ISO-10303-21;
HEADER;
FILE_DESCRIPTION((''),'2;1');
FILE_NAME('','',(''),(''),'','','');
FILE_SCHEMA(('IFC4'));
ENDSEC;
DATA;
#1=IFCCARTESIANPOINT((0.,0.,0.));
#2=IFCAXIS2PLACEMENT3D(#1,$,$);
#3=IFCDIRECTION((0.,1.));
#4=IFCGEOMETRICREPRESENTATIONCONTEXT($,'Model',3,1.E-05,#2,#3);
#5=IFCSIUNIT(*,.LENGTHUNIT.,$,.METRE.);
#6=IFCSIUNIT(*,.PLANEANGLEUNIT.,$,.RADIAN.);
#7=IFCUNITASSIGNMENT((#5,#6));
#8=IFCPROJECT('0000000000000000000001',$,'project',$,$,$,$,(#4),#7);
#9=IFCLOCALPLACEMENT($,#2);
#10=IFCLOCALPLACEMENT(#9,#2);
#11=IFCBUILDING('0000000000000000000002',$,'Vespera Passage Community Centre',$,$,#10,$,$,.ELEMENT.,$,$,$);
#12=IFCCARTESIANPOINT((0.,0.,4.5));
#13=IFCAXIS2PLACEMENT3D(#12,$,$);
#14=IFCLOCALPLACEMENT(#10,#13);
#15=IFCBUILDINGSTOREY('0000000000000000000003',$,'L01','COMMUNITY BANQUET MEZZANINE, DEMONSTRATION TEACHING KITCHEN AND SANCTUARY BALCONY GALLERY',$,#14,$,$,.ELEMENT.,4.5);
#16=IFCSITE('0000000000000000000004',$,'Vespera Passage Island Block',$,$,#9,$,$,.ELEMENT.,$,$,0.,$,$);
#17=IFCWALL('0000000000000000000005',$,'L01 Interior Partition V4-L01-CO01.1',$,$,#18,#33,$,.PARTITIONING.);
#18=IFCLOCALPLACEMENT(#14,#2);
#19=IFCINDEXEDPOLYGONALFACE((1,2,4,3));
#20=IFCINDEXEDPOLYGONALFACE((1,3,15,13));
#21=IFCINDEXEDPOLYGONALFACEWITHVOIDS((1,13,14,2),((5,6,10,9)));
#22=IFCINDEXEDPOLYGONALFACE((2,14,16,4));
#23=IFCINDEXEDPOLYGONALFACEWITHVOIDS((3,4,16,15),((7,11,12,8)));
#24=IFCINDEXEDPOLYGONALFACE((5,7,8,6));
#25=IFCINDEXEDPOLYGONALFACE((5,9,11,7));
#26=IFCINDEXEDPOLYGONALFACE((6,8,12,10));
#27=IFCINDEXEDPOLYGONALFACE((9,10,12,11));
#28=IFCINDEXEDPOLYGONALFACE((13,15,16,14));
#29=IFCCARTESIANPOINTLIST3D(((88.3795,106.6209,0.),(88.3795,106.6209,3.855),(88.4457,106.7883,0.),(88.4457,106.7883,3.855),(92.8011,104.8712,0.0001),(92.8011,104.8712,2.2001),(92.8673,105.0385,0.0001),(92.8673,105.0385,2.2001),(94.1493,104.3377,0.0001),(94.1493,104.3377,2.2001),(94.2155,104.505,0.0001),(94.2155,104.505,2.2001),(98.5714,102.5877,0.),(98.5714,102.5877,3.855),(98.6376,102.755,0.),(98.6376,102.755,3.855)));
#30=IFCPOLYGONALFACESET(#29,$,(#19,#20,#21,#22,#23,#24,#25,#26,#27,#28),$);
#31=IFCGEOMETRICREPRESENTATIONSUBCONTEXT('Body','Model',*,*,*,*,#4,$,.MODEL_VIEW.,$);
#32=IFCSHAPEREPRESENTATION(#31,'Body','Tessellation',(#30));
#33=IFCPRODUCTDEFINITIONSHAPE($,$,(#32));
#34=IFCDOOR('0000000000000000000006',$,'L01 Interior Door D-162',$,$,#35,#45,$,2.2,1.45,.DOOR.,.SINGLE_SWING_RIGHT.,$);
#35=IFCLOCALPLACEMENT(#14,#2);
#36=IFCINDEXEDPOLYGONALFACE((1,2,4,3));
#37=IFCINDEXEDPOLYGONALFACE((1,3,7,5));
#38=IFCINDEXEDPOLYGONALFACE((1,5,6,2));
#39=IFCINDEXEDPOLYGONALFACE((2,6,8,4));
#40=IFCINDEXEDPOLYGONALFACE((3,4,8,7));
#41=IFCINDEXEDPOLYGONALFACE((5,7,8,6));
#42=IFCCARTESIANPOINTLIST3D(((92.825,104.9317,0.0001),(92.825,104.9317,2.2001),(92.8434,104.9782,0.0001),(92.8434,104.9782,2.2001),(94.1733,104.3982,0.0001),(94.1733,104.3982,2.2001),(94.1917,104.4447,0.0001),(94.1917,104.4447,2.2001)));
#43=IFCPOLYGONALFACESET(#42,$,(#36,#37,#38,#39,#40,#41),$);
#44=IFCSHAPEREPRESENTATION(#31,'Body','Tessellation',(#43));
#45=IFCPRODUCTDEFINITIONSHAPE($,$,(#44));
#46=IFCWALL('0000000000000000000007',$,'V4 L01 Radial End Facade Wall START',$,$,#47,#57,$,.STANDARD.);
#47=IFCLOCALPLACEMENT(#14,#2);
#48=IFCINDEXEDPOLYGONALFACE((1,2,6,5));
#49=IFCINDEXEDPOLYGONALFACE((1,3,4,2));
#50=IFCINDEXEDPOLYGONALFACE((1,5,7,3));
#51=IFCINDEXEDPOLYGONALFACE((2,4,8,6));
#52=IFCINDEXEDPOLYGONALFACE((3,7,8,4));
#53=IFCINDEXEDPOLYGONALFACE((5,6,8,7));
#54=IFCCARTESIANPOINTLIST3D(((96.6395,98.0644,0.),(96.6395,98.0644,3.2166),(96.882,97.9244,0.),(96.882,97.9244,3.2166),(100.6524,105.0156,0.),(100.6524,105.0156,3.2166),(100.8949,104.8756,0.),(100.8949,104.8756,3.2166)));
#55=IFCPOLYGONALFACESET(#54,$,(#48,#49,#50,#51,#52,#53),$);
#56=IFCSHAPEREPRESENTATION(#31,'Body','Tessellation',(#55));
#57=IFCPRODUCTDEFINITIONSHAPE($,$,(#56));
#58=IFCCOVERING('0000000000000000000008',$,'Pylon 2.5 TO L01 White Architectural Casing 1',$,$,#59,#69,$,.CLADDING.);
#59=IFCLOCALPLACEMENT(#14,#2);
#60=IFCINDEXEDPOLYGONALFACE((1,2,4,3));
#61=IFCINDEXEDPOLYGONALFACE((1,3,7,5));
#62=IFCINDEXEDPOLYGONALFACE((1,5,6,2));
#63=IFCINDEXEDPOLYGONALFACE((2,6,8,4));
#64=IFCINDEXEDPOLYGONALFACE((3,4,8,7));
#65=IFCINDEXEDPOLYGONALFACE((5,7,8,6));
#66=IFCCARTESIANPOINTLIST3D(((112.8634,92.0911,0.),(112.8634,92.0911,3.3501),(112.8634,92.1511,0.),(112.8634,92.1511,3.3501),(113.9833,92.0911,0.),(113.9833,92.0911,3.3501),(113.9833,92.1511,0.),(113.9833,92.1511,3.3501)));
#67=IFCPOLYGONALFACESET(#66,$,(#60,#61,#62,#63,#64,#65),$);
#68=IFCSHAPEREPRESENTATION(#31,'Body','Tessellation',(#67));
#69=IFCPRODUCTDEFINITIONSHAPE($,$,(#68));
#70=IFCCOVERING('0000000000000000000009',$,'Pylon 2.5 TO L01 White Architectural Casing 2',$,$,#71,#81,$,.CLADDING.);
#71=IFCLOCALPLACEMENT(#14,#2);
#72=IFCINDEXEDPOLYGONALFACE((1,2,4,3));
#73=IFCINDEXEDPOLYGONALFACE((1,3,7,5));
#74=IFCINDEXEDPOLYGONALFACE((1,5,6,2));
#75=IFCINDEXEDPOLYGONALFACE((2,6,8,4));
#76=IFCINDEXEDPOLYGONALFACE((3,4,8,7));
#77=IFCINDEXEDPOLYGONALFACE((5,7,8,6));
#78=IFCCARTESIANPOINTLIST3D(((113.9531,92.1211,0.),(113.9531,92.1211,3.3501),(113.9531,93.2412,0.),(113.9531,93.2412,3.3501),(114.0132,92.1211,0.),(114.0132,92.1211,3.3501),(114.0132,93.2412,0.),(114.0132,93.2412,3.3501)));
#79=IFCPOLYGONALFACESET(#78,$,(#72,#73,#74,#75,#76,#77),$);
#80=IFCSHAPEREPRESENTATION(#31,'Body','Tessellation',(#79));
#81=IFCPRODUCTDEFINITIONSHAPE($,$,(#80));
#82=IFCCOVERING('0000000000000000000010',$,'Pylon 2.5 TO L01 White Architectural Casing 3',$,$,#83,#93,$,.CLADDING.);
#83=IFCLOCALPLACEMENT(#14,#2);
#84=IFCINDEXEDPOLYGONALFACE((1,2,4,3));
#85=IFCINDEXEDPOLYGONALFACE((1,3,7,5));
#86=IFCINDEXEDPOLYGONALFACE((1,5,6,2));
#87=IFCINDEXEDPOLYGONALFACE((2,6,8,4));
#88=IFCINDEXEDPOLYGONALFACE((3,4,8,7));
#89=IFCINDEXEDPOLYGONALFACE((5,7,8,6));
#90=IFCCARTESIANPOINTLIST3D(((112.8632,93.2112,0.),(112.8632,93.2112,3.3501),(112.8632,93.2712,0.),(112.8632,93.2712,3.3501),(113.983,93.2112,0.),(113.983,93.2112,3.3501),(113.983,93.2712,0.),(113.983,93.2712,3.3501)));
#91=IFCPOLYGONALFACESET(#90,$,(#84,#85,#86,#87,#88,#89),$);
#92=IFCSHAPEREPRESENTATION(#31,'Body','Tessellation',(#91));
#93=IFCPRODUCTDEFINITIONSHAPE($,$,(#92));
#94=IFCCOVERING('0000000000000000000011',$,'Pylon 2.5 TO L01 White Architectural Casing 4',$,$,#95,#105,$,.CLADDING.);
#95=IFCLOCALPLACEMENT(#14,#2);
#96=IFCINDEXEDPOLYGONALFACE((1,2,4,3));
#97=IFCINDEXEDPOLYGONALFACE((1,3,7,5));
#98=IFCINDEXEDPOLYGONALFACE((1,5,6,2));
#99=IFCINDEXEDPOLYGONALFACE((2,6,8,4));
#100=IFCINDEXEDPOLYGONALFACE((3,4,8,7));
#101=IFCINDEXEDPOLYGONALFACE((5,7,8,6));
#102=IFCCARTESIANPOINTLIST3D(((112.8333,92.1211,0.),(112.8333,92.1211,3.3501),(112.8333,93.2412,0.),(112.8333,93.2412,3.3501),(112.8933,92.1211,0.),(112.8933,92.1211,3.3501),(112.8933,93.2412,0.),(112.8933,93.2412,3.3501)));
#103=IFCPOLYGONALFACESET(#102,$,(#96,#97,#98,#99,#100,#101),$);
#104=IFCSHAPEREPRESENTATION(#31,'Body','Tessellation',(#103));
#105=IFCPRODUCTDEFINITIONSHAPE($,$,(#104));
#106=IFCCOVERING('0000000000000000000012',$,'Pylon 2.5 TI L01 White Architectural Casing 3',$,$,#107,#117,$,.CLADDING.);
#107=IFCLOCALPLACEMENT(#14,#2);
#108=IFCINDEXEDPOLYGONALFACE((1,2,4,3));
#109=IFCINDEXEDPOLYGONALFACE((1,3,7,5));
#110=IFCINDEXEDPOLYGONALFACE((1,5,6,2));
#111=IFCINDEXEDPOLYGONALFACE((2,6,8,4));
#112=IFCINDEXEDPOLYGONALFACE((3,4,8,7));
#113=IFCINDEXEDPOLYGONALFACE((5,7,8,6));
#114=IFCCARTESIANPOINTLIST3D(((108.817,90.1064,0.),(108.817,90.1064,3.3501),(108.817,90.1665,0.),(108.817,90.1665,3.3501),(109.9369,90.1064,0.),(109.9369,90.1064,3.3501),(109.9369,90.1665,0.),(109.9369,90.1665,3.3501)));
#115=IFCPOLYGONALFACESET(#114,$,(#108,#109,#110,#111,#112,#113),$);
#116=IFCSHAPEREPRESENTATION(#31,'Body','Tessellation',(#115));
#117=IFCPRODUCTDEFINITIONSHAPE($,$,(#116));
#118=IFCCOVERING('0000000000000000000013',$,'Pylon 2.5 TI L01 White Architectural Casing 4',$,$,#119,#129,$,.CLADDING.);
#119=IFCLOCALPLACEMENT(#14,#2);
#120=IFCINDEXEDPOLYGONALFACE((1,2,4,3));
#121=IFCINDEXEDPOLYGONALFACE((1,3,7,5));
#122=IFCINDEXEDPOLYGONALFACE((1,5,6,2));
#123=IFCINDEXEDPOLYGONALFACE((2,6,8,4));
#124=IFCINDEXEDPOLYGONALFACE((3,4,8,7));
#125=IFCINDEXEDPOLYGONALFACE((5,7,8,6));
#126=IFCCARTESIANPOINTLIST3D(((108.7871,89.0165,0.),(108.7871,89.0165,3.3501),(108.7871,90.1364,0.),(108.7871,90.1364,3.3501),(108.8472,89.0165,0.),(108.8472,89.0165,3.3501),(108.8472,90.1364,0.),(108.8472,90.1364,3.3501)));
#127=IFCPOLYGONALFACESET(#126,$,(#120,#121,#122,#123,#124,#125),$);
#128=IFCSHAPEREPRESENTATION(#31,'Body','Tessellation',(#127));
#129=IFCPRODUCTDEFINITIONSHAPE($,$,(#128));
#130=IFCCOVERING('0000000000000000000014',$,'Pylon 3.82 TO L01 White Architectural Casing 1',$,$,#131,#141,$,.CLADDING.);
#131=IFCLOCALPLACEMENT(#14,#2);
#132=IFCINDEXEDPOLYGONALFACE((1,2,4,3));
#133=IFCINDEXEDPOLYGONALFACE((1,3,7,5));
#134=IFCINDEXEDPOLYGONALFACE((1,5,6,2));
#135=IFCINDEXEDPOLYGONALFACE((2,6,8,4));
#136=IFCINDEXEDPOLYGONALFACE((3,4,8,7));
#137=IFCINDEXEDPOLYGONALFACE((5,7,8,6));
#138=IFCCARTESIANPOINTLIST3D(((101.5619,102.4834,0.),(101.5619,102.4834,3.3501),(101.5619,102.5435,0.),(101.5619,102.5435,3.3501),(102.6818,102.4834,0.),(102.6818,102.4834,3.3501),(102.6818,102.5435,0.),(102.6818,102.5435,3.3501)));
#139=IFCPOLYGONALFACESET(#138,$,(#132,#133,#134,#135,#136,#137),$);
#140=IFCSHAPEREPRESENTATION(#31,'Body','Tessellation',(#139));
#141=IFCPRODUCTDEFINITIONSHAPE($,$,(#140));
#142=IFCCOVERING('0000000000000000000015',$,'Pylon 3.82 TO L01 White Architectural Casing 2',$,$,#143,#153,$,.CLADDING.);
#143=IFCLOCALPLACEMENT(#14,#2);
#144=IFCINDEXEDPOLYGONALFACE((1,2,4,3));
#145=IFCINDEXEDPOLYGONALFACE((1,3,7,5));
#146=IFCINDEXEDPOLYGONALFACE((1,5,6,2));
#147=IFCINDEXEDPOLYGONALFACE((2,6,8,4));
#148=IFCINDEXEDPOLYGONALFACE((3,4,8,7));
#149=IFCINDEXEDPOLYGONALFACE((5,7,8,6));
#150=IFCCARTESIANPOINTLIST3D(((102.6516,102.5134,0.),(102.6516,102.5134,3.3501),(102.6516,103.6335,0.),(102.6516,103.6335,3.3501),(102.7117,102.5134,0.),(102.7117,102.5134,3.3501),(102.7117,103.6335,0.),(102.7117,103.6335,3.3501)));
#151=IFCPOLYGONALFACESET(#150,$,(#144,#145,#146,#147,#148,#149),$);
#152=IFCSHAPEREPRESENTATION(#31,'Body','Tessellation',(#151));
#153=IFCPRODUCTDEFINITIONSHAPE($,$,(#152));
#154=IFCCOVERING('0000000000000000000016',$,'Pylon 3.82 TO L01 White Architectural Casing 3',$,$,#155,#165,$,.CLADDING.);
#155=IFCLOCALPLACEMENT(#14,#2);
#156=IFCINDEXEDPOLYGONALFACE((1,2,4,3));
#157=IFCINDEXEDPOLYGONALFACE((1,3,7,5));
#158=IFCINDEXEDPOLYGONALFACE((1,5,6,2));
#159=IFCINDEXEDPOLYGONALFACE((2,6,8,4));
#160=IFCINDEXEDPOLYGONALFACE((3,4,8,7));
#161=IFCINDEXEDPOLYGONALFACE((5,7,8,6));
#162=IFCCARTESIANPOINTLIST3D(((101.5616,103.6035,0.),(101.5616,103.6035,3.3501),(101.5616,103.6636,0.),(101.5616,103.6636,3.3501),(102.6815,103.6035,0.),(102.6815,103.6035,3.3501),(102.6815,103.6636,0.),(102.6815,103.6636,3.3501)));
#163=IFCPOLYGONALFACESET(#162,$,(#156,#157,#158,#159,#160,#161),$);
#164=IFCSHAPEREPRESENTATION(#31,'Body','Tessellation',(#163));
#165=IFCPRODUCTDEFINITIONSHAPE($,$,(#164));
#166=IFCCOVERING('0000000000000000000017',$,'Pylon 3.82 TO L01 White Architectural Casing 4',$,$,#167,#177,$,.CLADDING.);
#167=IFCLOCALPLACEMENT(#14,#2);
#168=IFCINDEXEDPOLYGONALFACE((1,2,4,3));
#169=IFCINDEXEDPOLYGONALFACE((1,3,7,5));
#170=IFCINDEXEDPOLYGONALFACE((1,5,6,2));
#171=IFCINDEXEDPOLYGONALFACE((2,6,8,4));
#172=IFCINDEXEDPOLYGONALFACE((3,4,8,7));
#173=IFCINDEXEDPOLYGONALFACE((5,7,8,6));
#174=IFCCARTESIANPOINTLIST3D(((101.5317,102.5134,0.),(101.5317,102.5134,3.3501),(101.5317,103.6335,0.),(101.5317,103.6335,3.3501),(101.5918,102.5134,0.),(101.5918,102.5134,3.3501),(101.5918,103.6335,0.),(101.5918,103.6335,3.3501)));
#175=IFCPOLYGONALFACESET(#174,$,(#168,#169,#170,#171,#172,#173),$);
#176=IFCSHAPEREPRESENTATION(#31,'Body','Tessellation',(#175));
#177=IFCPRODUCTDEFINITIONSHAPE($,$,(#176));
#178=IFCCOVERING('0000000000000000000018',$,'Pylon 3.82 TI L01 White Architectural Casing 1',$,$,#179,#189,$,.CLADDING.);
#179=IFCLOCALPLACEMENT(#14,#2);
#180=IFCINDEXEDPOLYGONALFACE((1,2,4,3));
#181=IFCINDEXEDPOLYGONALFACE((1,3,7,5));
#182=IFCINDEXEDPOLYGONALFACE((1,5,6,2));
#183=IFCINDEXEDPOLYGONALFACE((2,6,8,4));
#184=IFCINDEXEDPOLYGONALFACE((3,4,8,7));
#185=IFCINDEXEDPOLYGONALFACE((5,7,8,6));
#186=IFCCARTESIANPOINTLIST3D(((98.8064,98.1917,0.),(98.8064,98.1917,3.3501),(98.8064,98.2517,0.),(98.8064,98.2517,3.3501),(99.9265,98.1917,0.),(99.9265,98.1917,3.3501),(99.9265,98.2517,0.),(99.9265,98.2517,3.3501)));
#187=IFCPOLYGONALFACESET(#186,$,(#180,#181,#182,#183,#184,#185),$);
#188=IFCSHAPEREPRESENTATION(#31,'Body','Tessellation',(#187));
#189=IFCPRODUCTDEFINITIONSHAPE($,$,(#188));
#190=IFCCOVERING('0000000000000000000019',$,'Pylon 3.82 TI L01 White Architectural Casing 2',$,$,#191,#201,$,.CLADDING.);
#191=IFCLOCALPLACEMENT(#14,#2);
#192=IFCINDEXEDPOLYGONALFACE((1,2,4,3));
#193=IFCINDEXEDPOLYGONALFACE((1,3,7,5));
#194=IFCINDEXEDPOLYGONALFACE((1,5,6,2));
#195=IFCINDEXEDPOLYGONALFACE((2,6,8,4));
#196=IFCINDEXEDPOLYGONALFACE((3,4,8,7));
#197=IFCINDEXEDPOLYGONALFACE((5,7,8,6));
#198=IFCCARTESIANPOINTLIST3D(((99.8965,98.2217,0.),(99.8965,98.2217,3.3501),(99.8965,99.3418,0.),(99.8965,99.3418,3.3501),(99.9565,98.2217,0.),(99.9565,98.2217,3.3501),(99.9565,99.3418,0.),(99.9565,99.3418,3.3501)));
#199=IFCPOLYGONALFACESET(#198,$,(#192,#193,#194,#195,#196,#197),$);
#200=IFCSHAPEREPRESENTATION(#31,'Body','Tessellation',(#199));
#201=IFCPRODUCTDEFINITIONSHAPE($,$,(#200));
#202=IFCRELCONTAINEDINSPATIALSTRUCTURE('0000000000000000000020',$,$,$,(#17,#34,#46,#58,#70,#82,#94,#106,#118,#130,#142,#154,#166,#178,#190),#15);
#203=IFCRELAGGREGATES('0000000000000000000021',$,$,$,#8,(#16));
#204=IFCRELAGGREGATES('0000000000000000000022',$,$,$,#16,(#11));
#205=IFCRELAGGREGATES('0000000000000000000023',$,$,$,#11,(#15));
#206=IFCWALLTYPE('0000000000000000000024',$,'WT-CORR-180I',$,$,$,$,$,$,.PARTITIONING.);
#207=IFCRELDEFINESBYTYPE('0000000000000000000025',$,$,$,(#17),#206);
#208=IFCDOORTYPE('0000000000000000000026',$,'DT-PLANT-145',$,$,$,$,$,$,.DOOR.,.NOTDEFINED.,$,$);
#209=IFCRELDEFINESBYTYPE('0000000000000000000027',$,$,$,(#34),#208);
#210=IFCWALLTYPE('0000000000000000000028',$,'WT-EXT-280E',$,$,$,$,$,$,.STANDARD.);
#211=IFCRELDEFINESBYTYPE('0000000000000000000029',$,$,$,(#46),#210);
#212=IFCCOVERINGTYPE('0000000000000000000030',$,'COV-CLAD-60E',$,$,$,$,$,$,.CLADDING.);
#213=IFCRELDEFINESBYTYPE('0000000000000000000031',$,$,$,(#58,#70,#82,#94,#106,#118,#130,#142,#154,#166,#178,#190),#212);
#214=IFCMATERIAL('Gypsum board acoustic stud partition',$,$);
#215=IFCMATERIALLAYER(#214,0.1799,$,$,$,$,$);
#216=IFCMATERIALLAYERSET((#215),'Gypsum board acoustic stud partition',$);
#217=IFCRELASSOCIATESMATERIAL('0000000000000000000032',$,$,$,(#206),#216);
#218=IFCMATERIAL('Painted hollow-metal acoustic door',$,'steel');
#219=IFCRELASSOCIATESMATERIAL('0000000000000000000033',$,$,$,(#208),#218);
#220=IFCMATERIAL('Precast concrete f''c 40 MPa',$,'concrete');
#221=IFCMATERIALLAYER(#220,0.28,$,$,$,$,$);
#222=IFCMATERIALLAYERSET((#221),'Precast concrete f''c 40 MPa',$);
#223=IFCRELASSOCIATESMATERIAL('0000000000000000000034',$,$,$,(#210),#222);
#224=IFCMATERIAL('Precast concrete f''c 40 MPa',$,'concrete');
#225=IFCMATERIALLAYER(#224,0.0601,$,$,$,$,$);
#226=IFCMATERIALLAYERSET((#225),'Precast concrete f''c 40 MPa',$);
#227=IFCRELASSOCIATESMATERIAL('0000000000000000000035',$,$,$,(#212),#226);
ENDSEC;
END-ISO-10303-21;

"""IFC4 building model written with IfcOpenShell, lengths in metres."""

from ifc_helpers import new_model, si_unit, direction, frame, frame_2d, origin, place, context, subcontext, project, spatial, rectangle, extrude, material, layer, layer_set, type_object, element, fill, save


model = new_model("IFC4")

# Units and contexts
model_context = context("Model", 3, precision=1e-05, world=origin(), true_north=direction((0.0, 1.0)))
body_context = subcontext(model_context, "Body", "Model", "MODEL_VIEW")
ifc_project = project(units=[si_unit("LENGTHUNIT", "METRE"), si_unit("PLANEANGLEUNIT", "RADIAN")], contexts=[model_context])

# Site, building, storey
site_placement = place(None, origin())
site = spatial("IfcSite", under=ifc_project, at=site_placement, Name="Vespera Passage Island Block", CompositionType="ELEMENT", RefElevation=0.0)
building_placement = place(site_placement, origin())
building = spatial("IfcBuilding", under=site, at=building_placement, Name="Vespera Passage Community Centre", CompositionType="ELEMENT")
storey_placement = place(building_placement, frame((0.0, 0.0, 4.5)))
storey = spatial("IfcBuildingStorey", under=building, at=storey_placement, Name="L01", Description="COMMUNITY BANQUET MEZZANINE, DEMONSTRATION TEACHING KITCHEN AND SANCTUARY BALCONY GALLERY", CompositionType="ELEMENT", Elevation=4.5)

# Wall, opening, door
ifc_material_1 = material(Name="Gypsum board acoustic stud partition")
ifc_layer_1 = layer(ifc_material_1, 0.1799)
ifc_layer_set_1 = layer_set([ifc_layer_1], Name="Gypsum board acoustic stud partition")
wall_type_1 = type_object("IfcWallType", Name="WT-CORR-180I", PredefinedType="PARTITIONING", material=ifc_layer_set_1)
wall_1_placement = place(storey_placement, frame((98.6045, 102.6714, 0.0), z_axis=(0.0, 0.0, 1.0), x_axis=(-0.929841, 0.367963, 0.0)))
wall_1 = element("IfcWall", 1, at=wall_1_placement, inside=storey, type_object=wall_type_1, Name="L01 Interior Partition V4-L01-CO01.1", PredefinedType="PARTITIONING", context=body_context, shape_type="SweptSolid", body=[
    extrude(rectangle(XDim=10.9609, YDim=0.1799, at=frame_2d((5.4805, 0.0))), origin(), (0.0, 0.0, 1.0), 3.855),
])
opening_placement = place(wall_1_placement, frame((4.7556, 0.0, 0.0)))
opening = element("IfcOpeningElement", 2, at=opening_placement, cuts=wall_1, PredefinedType="OPENING", context=body_context, shape_type="SweptSolid", body=[
    extrude(rectangle(XDim=1.45, YDim=2.2, at=frame_2d((0.7251, 1.1001))), frame((0.0, 0.0999, 0.0), z_axis=(0.0, -1.0, 0.0), x_axis=(1.0, 0.0, 0.0)), (0.0, 0.0, 1.0), 0.2),
])
ifc_material_2 = material(Name="Painted hollow-metal acoustic door", Category="steel")
door_type = type_object("IfcDoorType", Name="DT-PLANT-145", OperationType="NOTDEFINED", PredefinedType="DOOR", material=ifc_material_2)
door_placement = place(opening_placement, origin())
door = element("IfcDoor", 3, at=door_placement, inside=storey, type_object=door_type, Name="L01 Interior Door D-162", OperationType="SINGLE_SWING_RIGHT", OverallHeight=2.2, OverallWidth=1.45, PredefinedType="DOOR", context=body_context, shape_type="SweptSolid", body=[
    extrude(rectangle(XDim=1.45, YDim=2.2, at=frame_2d((0.7251, 1.1001))), frame((0.0, 0.0249, 0.0), z_axis=(0.0, -1.0, 0.0), x_axis=(1.0, 0.0, 0.0)), (0.0, 0.0, 1.0), 0.05),
])
fill(opening, door)

# Wall
ifc_material_3 = material(Name="Precast concrete f'c 40 MPa", Category="concrete")
ifc_layer_2 = layer(ifc_material_3, 0.28)
ifc_layer_set_2 = layer_set([ifc_layer_2], Name="Precast concrete f'c 40 MPa")
wall_type_2 = type_object("IfcWallType", Name="WT-EXT-280E", PredefinedType="STANDARD", material=ifc_layer_set_2)
wall_2_placement = place(storey_placement, frame((100.7737, 104.9456, 0.0), z_axis=(0.0, 0.0, 1.0), x_axis=(-0.49997, -0.866043, 0.0)))
element("IfcWall", 4, at=wall_2_placement, inside=storey, type_object=wall_type_2, Name="V4 L01 Radial End Facade Wall START", PredefinedType="STANDARD", context=body_context, shape_type="SweptSolid", body=[
    extrude(rectangle(XDim=8.0264, YDim=0.28, at=frame_2d((4.0132, 0.0))), origin(), (0.0, 0.0, 1.0), 3.2166),
])

# Coverings
ifc_material_4 = material(Name="Precast concrete f'c 40 MPa", Category="concrete")
ifc_layer_3 = layer(ifc_material_4, 0.0601)
ifc_layer_set_3 = layer_set([ifc_layer_3], Name="Precast concrete f'c 40 MPa")
covering_type = type_object("IfcCoveringType", Name="COV-CLAD-60E", PredefinedType="CLADDING", material=ifc_layer_set_3)
covering_1_placement = place(storey_placement, frame((112.8633, 92.1211, 0.0), z_axis=(0.0, 0.0, 1.0), x_axis=(1.0, 0.0, 0.0)))
element("IfcCovering", 5, at=covering_1_placement, inside=storey, type_object=covering_type, Name="Pylon 2.5 TO L01 White Architectural Casing 1", PredefinedType="CLADDING", context=body_context, shape_type="SweptSolid", body=[
    extrude(rectangle(XDim=1.1199, YDim=0.0601, at=frame_2d((0.5601, 0.0))), origin(), (0.0, 0.0, 1.0), 3.3501),
])
covering_2_placement = place(storey_placement, frame((113.9832, 92.1211, 0.0), z_axis=(0.0, 0.0, 1.0), x_axis=(0.0, 1.0, 0.0)))
element("IfcCovering", 6, at=covering_2_placement, inside=storey, type_object=covering_type, Name="Pylon 2.5 TO L01 White Architectural Casing 2", PredefinedType="CLADDING", context=body_context, shape_type="SweptSolid", body=[
    extrude(rectangle(XDim=1.1201, YDim=0.0601, at=frame_2d((0.5601, 0.0))), origin(), (0.0, 0.0, 1.0), 3.3501),
])
covering_3_placement = place(storey_placement, frame((113.9832, 93.2412, 0.0), z_axis=(0.0, 0.0, 1.0), x_axis=(-1.0, 0.0, 0.0)))
element("IfcCovering", 7, at=covering_3_placement, inside=storey, type_object=covering_type, Name="Pylon 2.5 TO L01 White Architectural Casing 3", PredefinedType="CLADDING", context=body_context, shape_type="SweptSolid", body=[
    extrude(rectangle(XDim=1.1199, YDim=0.0601, at=frame_2d((0.5601, 0.0))), origin(), (0.0, 0.0, 1.0), 3.3501),
])
covering_4_placement = place(storey_placement, frame((112.8633, 93.2412, 0.0), z_axis=(0.0, 0.0, 1.0), x_axis=(0.0, -1.0, 0.0)))
element("IfcCovering", 8, at=covering_4_placement, inside=storey, type_object=covering_type, Name="Pylon 2.5 TO L01 White Architectural Casing 4", PredefinedType="CLADDING", context=body_context, shape_type="SweptSolid", body=[
    extrude(rectangle(XDim=1.1201, YDim=0.0601, at=frame_2d((0.5601, 0.0))), origin(), (0.0, 0.0, 1.0), 3.3501),
])
for number, where, z_axis, x_axis, name in (
    (9, (109.937, 90.1365, 0.0), (0.0, 0.0, 1.0), (-1.0, 0.0, 0.0), "Pylon 2.5 TI L01 White Architectural Casing 3"),
    (10, (108.8171, 90.1365, 0.0), (0.0, 0.0, 1.0), (0.0, -1.0, 0.0), "Pylon 2.5 TI L01 White Architectural Casing 4"),
    (11, (101.5618, 102.5134, 0.0), (0.0, 0.0, 1.0), (1.0, 0.0, 0.0), "Pylon 3.82 TO L01 White Architectural Casing 1"),
):
    element("IfcCovering", number, at=place(storey_placement, frame(where, z_axis=z_axis, x_axis=x_axis)), inside=storey, type_object=covering_type, Name=name, PredefinedType="CLADDING", context=body_context, shape_type="SweptSolid", body=[
        extrude(rectangle(XDim=1.1199, YDim=0.0601, at=frame_2d((0.5601, 0.0))), origin(), (0.0, 0.0, 1.0), 3.3501),
    ])
covering_5_placement = place(storey_placement, frame((102.6816, 102.5134, 0.0), z_axis=(0.0, 0.0, 1.0), x_axis=(0.0, 1.0, 0.0)))
element("IfcCovering", 12, at=covering_5_placement, inside=storey, type_object=covering_type, Name="Pylon 3.82 TO L01 White Architectural Casing 2", PredefinedType="CLADDING", context=body_context, shape_type="SweptSolid", body=[
    extrude(rectangle(XDim=1.1201, YDim=0.0601, at=frame_2d((0.5601, 0.0))), origin(), (0.0, 0.0, 1.0), 3.3501),
])
covering_6_placement = place(storey_placement, frame((102.6816, 103.6335, 0.0), z_axis=(0.0, 0.0, 1.0), x_axis=(-1.0, 0.0, 0.0)))
element("IfcCovering", 13, at=covering_6_placement, inside=storey, type_object=covering_type, Name="Pylon 3.82 TO L01 White Architectural Casing 3", PredefinedType="CLADDING", context=body_context, shape_type="SweptSolid", body=[
    extrude(rectangle(XDim=1.1199, YDim=0.0601, at=frame_2d((0.5601, 0.0))), origin(), (0.0, 0.0, 1.0), 3.3501),
])
for number, where, z_axis, x_axis, name in (
    (14, (101.5618, 103.6335, 0.0), (0.0, 0.0, 1.0), (0.0, -1.0, 0.0), "Pylon 3.82 TO L01 White Architectural Casing 4"),
    (15, (98.8064, 98.2217, 0.0), (0.0, 0.0, 1.0), (1.0, 0.0, 0.0), "Pylon 3.82 TI L01 White Architectural Casing 1"),
    (16, (99.9265, 98.2217, 0.0), (0.0, 0.0, 1.0), (0.0, 1.0, 0.0), "Pylon 3.82 TI L01 White Architectural Casing 2"),
):
    element("IfcCovering", number, at=place(storey_placement, frame(where, z_axis=z_axis, x_axis=x_axis)), inside=storey, type_object=covering_type, Name=name, PredefinedType="CLADDING", context=body_context, shape_type="SweptSolid", body=[
        extrude(rectangle(XDim=1.1201, YDim=0.0601, at=frame_2d((0.5601, 0.0))), origin(), (0.0, 0.0, 1.0), 3.3501),
    ])

save(model, "model.ifc")
